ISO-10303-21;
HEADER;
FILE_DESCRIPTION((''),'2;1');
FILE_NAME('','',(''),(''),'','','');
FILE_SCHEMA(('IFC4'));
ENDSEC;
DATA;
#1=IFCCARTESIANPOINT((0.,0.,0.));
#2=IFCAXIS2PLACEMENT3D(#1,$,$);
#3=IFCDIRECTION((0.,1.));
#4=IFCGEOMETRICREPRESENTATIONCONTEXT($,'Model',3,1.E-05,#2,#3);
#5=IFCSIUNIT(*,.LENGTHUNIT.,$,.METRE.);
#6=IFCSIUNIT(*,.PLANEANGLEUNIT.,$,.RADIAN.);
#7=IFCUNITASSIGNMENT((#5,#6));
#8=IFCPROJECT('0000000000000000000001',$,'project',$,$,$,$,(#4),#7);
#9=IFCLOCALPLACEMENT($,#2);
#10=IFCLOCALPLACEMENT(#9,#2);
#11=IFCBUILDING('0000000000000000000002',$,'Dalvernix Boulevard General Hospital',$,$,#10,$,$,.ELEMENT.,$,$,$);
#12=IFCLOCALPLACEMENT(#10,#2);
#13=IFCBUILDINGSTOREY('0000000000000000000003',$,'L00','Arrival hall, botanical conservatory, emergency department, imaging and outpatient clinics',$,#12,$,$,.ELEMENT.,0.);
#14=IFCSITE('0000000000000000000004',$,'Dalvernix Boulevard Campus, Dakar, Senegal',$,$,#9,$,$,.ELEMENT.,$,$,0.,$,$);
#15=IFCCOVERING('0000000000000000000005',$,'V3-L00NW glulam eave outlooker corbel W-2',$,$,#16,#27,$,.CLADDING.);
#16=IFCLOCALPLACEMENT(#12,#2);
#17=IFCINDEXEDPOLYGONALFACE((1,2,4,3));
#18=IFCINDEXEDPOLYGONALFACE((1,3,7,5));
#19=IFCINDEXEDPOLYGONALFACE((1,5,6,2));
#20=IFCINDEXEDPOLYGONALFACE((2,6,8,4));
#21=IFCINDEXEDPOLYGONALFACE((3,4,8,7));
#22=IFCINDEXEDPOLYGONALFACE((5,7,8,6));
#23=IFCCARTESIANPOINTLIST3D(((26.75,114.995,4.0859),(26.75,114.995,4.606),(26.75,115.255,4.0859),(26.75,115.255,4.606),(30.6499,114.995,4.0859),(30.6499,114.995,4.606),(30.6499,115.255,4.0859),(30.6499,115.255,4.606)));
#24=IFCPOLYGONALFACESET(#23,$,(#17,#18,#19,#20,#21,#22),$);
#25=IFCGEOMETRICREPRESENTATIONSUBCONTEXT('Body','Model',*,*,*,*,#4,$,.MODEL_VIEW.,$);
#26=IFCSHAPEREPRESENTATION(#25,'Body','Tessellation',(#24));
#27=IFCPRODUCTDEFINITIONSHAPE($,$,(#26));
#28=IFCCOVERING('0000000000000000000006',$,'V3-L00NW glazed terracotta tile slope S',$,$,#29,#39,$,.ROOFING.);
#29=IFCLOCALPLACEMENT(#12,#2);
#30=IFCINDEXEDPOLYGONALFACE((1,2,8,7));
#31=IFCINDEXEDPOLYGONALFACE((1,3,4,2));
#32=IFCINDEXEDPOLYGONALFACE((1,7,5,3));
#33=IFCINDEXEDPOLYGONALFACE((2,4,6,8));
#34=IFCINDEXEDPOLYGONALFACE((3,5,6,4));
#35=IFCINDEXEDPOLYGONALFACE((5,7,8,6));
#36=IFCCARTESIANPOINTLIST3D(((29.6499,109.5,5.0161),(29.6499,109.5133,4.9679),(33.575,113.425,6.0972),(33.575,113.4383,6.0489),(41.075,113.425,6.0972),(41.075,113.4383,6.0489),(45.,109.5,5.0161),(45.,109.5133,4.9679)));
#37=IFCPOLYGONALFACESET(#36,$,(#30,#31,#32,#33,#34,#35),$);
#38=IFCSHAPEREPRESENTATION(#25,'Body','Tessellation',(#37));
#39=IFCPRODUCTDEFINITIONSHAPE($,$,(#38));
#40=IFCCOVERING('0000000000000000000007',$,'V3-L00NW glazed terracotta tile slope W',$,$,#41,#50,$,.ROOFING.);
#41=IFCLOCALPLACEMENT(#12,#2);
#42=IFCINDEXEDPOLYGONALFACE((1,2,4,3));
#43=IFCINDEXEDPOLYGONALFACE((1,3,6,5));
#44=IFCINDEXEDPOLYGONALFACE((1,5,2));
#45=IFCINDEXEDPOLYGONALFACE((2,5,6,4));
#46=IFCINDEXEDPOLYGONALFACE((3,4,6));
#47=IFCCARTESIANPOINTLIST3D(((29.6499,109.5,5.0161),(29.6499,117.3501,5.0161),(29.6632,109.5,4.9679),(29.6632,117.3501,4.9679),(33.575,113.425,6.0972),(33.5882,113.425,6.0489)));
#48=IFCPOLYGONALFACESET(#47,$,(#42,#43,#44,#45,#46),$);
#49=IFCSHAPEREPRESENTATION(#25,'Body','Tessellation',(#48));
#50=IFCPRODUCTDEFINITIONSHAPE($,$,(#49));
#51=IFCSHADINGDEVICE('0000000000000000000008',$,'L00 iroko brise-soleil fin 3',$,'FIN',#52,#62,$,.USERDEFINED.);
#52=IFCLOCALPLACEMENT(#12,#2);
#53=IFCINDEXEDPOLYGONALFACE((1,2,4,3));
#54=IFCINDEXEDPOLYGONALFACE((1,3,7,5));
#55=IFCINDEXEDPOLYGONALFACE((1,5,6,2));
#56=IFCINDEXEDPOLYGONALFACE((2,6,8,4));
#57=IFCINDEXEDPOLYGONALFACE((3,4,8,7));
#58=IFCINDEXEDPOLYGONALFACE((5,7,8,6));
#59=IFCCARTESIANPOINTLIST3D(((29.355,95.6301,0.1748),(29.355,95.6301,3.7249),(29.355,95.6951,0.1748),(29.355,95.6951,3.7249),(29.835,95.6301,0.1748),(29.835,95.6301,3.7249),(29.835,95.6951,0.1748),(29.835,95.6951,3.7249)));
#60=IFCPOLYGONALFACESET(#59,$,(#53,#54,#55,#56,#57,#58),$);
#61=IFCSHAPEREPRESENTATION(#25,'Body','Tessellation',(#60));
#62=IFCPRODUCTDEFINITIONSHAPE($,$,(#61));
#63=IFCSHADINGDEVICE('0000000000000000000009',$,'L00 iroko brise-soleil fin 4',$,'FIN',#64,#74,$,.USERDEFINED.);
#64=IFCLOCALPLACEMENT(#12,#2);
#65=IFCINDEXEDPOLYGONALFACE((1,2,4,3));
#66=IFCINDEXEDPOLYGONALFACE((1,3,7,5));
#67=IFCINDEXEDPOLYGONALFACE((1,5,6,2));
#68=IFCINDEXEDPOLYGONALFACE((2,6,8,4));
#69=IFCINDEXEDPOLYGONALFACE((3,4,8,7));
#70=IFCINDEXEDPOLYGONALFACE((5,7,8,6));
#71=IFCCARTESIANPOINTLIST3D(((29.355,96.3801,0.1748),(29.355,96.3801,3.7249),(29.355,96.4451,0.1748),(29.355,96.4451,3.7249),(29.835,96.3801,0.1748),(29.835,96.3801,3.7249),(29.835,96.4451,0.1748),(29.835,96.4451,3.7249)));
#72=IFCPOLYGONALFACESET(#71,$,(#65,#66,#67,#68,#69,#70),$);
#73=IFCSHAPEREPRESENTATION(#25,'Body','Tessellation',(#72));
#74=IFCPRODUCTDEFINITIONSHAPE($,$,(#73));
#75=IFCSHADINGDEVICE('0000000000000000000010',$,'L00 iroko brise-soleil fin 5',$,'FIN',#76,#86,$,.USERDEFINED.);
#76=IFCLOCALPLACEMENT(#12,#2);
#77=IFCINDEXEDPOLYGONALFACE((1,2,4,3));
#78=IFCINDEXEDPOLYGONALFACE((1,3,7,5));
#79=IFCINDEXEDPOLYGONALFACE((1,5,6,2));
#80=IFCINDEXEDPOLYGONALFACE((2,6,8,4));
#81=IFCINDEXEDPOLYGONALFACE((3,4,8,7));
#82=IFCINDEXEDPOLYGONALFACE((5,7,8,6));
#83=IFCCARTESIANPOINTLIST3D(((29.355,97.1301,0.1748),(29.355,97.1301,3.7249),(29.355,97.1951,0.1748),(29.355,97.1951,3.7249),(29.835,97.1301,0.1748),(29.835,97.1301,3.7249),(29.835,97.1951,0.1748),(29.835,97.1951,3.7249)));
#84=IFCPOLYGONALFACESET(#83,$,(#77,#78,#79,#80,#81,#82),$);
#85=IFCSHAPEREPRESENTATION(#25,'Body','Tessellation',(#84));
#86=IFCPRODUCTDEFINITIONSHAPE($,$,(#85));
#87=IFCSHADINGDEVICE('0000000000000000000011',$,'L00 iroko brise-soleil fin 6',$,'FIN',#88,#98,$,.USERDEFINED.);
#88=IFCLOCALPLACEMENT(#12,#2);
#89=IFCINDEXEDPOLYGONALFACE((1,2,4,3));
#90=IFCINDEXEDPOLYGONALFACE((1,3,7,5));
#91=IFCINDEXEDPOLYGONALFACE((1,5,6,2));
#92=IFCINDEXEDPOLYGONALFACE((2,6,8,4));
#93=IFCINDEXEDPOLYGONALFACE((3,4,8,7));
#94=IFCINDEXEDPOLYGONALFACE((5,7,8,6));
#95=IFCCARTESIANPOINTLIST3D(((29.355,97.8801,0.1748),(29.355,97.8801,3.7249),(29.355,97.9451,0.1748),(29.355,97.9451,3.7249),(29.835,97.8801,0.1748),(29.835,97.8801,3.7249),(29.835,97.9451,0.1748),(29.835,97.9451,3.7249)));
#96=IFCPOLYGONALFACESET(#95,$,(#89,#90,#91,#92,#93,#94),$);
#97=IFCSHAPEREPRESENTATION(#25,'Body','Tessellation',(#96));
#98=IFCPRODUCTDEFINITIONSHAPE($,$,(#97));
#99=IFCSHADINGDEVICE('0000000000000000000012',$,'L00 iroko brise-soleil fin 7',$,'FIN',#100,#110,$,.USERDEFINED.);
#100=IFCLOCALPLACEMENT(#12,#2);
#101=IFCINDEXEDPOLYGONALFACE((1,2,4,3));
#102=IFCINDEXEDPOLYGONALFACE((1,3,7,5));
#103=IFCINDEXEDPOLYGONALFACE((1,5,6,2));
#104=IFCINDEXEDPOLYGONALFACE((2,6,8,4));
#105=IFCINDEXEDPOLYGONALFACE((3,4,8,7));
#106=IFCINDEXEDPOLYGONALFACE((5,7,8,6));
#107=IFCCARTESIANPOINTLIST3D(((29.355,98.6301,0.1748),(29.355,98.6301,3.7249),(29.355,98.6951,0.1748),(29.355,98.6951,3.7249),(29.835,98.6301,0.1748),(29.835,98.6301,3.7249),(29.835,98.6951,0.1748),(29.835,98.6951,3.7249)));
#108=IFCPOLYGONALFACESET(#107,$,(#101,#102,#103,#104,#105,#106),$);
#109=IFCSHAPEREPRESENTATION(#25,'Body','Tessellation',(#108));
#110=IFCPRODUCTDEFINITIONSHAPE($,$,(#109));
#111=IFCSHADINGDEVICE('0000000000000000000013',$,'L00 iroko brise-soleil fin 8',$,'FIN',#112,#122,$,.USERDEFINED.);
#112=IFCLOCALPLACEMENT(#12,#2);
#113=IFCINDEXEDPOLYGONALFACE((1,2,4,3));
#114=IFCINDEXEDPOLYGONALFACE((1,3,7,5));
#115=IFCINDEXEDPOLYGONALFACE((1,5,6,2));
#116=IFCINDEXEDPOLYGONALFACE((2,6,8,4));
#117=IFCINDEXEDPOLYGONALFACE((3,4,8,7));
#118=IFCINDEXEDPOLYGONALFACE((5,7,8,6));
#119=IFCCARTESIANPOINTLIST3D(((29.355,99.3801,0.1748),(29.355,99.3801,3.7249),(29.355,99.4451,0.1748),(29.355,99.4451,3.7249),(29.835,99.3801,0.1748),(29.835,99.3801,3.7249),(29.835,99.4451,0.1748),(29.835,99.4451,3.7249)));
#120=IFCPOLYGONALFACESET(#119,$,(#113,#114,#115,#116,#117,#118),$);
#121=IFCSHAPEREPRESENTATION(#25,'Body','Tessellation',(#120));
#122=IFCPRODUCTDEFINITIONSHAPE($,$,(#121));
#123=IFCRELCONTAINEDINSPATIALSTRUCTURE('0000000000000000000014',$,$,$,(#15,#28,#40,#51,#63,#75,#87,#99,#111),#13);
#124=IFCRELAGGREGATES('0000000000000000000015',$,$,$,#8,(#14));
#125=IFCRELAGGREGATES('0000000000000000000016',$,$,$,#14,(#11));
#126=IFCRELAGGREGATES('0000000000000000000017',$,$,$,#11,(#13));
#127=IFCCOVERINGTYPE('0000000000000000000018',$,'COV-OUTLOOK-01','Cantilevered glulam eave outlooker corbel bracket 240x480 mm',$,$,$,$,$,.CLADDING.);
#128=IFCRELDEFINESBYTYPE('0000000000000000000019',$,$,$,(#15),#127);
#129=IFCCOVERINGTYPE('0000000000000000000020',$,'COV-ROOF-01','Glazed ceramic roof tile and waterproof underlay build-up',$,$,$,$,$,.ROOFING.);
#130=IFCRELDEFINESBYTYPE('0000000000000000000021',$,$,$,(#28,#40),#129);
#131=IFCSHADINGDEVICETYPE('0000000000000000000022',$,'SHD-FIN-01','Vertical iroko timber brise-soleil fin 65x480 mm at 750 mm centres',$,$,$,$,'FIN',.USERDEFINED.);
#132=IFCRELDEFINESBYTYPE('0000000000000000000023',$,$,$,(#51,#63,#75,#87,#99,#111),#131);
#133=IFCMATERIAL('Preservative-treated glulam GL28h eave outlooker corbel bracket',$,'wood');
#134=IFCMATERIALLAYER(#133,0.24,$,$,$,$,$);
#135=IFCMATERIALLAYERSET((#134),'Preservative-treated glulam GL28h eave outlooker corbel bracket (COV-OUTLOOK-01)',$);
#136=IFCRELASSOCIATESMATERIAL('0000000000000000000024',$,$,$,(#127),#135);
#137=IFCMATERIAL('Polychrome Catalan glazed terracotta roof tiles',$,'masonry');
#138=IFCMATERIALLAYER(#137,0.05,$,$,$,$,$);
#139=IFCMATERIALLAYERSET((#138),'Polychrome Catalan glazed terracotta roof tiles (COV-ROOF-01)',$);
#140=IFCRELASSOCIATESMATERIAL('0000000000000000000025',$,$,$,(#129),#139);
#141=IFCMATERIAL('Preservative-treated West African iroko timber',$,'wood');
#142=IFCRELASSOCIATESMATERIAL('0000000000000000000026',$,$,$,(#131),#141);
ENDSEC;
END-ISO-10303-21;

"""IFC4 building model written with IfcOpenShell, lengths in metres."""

from ifc_helpers import new_model, si_unit, direction, frame, origin, origin_2d, place, context, subcontext, project, spatial, polyline, rectangle, outline, extrude, material, layer, layer_set, type_object, element, save


model = new_model("IFC4")

# Units and contexts
model_context = context("Model", 3, precision=1e-05, world=origin(), true_north=direction((0.0, 1.0)))
body_context = subcontext(model_context, "Body", "Model", "MODEL_VIEW")
ifc_project = project(units=[si_unit("LENGTHUNIT", "METRE"), si_unit("PLANEANGLEUNIT", "RADIAN")], contexts=[model_context])

# Site, building, storey
site_placement = place(None, origin())
site = spatial("IfcSite", under=ifc_project, at=site_placement, Name="Dalvernix Boulevard Campus, Dakar, Senegal", CompositionType="ELEMENT", RefElevation=0.0)
building_placement = place(site_placement, origin())
building = spatial("IfcBuilding", under=site, at=building_placement, Name="Dalvernix Boulevard General Hospital", CompositionType="ELEMENT")
storey_placement = place(building_placement, origin())
storey = spatial("IfcBuildingStorey", under=building, at=storey_placement, Name="L00", Description="Arrival hall, botanical conservatory, emergency department, imaging and outpatient clinics", CompositionType="ELEMENT", Elevation=0.0)

# Coverings
ifc_material_1 = material(Name="Preservative-treated glulam GL28h eave outlooker corbel bracket", Category="wood")
ifc_layer_1 = layer(ifc_material_1, 0.24)
ifc_layer_set_1 = layer_set([ifc_layer_1], Name="Preservative-treated glulam GL28h eave outlooker corbel bracket (COV-OUTLOOK-01)")
covering_type_1 = type_object("IfcCoveringType", Name="COV-OUTLOOK-01", Description="Cantilevered glulam eave outlooker corbel bracket 240x480 mm", PredefinedType="CLADDING", material=ifc_layer_set_1)
for number, where, z_axis, x_axis, name in (
    (1, (28.7, 115.125, 4.0859), (0.0, 0.0, 1.0), (1.0, 0.0, 0.0), "V3-L00NW glulam eave outlooker corbel W-2"),
):
    element("IfcCovering", number, at=place(storey_placement, frame(where, z_axis=z_axis, x_axis=x_axis)), inside=storey, type_object=covering_type_1, Name=name, PredefinedType="CLADDING", context=body_context, shape_type="SweptSolid", body=[
        extrude(rectangle(XDim=3.8999, YDim=0.26, at=origin_2d()), origin(), (0.0, 0.0, 1.0), 0.52),
    ])
ifc_material_2 = material(Name="Polychrome Catalan glazed terracotta roof tiles", Category="masonry")
ifc_layer_2 = layer(ifc_material_2, 0.05)
ifc_layer_set_2 = layer_set([ifc_layer_2], Name="Polychrome Catalan glazed terracotta roof tiles (COV-ROOF-01)")
covering_type_2 = type_object("IfcCoveringType", Name="COV-ROOF-01", Description="Glazed ceramic roof tile and waterproof underlay build-up", PredefinedType="ROOFING", material=ifc_layer_set_2)
covering_1_placement = place(storey_placement, frame((29.6499, 109.5, 5.0161), z_axis=(0.0, -0.265537, 0.964101), x_axis=(1.0, 0.0, 0.0)))
element("IfcCovering", 2, at=covering_1_placement, inside=storey, type_object=covering_type_2, Name="V3-L00NW glazed terracotta tile slope S", PredefinedType="ROOFING", context=body_context, shape_type="SweptSolid", body=[
    extrude(outline(polyline([(0.0, 0.0), (15.3501, 0.0), (11.425, 4.0712), (3.925, 4.0712), (0.0, 0.0)])), origin(), (0.0, 0.0, -1.0), 0.05),
])
covering_2_placement = place(storey_placement, frame((29.6499, 117.3501, 5.0161), z_axis=(-0.265537, 0.0, 0.964101), x_axis=(0.0, -1.0, 0.0)))
element("IfcCovering", 3, at=covering_2_placement, inside=storey, type_object=covering_type_2, Name="V3-L00NW glazed terracotta tile slope W", PredefinedType="ROOFING", context=body_context, shape_type="SweptSolid", body=[
    extrude(outline(polyline([(0.0, 0.0), (7.8501, 0.0), (3.925, 4.0712), (0.0, 0.0)])), origin(), (0.0, 0.0, -1.0), 0.05),
])

# Shading devices
ifc_material_3 = material(Name="Preservative-treated West African iroko timber", Category="wood")
shading_device_type = type_object("IfcShadingDeviceType", Name="SHD-FIN-01", Description="Vertical iroko timber brise-soleil fin 65x480 mm at 750 mm centres", ElementType="FIN", PredefinedType="USERDEFINED", material=ifc_material_3)
for number, where, z_axis, x_axis, name in (
    (4, (29.595, 95.6626, 0.1748), (0.0, 0.0, 1.0), (0.0, 1.0, 0.0), "L00 iroko brise-soleil fin 3"),
    (5, (29.595, 96.4126, 0.1748), (0.0, 0.0, 1.0), (0.0, 1.0, 0.0), "L00 iroko brise-soleil fin 4"),
    (6, (29.595, 97.1626, 0.1748), (0.0, 0.0, 1.0), (0.0, 1.0, 0.0), "L00 iroko brise-soleil fin 5"),
    (7, (29.595, 97.9126, 0.1748), (0.0, 0.0, 1.0), (0.0, 1.0, 0.0), "L00 iroko brise-soleil fin 6"),
    (8, (29.595, 98.6626, 0.1748), (0.0, 0.0, 1.0), (0.0, 1.0, 0.0), "L00 iroko brise-soleil fin 7"),
    (9, (29.595, 99.4126, 0.1748), (0.0, 0.0, 1.0), (0.0, 1.0, 0.0), "L00 iroko brise-soleil fin 8"),
):
    element("IfcShadingDevice", number, at=place(storey_placement, frame(where, z_axis=z_axis, x_axis=x_axis)), inside=storey, type_object=shading_device_type, Name=name, ObjectType="FIN", PredefinedType="USERDEFINED", context=body_context, shape_type="SweptSolid", body=[
        extrude(rectangle(XDim=0.0649, YDim=0.48, at=origin_2d()), origin(), (0.0, 0.0, 1.0), 3.55),
    ])

save(model, "model.ifc")
